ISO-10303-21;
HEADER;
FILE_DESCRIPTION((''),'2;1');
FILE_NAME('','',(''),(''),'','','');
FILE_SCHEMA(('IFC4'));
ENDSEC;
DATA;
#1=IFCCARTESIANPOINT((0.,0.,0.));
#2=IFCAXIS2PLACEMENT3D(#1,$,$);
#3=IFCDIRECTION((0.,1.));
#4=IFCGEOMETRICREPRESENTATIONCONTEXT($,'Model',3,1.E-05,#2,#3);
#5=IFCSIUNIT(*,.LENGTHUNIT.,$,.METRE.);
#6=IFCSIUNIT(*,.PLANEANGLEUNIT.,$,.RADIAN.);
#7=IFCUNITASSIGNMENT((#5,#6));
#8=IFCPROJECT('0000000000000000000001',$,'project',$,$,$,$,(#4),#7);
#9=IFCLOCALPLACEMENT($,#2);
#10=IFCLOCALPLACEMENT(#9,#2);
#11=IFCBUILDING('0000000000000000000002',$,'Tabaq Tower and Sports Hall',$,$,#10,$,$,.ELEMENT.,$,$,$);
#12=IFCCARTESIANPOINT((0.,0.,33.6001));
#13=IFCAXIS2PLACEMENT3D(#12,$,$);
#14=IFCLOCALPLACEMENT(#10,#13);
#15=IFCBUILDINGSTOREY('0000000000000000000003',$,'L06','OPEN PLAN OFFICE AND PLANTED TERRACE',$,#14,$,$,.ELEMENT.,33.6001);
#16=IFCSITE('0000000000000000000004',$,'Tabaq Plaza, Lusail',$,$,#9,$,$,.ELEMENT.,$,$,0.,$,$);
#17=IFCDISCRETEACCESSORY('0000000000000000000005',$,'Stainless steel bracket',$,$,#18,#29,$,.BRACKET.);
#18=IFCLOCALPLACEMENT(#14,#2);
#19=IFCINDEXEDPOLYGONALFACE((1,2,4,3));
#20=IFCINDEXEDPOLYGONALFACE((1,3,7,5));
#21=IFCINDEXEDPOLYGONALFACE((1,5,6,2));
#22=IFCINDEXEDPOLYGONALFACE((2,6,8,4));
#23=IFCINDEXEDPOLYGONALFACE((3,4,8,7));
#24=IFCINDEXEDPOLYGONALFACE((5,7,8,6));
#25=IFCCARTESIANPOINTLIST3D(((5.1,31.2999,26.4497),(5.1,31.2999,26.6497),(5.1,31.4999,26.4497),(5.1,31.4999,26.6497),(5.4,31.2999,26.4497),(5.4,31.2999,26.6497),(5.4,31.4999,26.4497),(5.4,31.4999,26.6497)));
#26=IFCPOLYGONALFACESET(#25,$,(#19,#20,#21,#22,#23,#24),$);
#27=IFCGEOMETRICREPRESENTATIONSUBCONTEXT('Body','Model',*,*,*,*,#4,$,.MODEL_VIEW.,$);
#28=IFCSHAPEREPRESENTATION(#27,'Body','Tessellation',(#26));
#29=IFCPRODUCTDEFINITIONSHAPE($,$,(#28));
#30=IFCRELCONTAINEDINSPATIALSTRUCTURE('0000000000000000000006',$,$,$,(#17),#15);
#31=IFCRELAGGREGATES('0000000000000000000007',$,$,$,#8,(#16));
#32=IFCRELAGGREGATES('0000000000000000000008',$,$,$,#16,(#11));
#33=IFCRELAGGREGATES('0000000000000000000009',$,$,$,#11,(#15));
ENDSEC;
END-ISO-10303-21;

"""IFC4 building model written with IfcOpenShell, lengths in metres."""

from ifc_helpers import new_model, si_unit, direction, frame, origin, origin_2d, place, context, subcontext, project, spatial, rectangle, extrude, element, save


model = new_model("IFC4")

# Units and contexts
model_context = context("Model", 3, precision=1e-05, world=origin(), true_north=direction((0.0, 1.0)))
body_context = subcontext(model_context, "Body", "Model", "MODEL_VIEW")
ifc_project = project(units=[si_unit("LENGTHUNIT", "METRE"), si_unit("PLANEANGLEUNIT", "RADIAN")], contexts=[model_context])

# Site, building, storey
site_placement = place(None, origin())
site = spatial("IfcSite", under=ifc_project, at=site_placement, Name="Tabaq Plaza, Lusail", CompositionType="ELEMENT", RefElevation=0.0)
building_placement = place(site_placement, origin())
building = spatial("IfcBuilding", under=site, at=building_placement, Name="Tabaq Tower and Sports Hall", CompositionType="ELEMENT")
storey_placement = place(building_placement, frame((0.0, 0.0, 33.6001)))
storey = spatial("IfcBuildingStorey", under=building, at=storey_placement, Name="L06", Description="OPEN PLAN OFFICE AND PLANTED TERRACE", CompositionType="ELEMENT", Elevation=33.6001)

# Discrete accessory
for number, where, z_axis, x_axis, name in (
    (1, (5.25, 31.3999, 26.4497), (0.0, 0.0, 1.0), (0.0, 1.0, 0.0), "Stainless steel bracket"),
):
    element("IfcDiscreteAccessory", number, at=place(storey_placement, frame(where, z_axis=z_axis, x_axis=x_axis)), inside=storey, Name=name, PredefinedType="BRACKET", context=body_context, shape_type="SweptSolid", body=[
        extrude(rectangle(XDim=0.2, YDim=0.3, at=origin_2d()), origin(), (0.0, 0.0, 1.0), 0.2),
    ])

save(model, "model.ifc")
